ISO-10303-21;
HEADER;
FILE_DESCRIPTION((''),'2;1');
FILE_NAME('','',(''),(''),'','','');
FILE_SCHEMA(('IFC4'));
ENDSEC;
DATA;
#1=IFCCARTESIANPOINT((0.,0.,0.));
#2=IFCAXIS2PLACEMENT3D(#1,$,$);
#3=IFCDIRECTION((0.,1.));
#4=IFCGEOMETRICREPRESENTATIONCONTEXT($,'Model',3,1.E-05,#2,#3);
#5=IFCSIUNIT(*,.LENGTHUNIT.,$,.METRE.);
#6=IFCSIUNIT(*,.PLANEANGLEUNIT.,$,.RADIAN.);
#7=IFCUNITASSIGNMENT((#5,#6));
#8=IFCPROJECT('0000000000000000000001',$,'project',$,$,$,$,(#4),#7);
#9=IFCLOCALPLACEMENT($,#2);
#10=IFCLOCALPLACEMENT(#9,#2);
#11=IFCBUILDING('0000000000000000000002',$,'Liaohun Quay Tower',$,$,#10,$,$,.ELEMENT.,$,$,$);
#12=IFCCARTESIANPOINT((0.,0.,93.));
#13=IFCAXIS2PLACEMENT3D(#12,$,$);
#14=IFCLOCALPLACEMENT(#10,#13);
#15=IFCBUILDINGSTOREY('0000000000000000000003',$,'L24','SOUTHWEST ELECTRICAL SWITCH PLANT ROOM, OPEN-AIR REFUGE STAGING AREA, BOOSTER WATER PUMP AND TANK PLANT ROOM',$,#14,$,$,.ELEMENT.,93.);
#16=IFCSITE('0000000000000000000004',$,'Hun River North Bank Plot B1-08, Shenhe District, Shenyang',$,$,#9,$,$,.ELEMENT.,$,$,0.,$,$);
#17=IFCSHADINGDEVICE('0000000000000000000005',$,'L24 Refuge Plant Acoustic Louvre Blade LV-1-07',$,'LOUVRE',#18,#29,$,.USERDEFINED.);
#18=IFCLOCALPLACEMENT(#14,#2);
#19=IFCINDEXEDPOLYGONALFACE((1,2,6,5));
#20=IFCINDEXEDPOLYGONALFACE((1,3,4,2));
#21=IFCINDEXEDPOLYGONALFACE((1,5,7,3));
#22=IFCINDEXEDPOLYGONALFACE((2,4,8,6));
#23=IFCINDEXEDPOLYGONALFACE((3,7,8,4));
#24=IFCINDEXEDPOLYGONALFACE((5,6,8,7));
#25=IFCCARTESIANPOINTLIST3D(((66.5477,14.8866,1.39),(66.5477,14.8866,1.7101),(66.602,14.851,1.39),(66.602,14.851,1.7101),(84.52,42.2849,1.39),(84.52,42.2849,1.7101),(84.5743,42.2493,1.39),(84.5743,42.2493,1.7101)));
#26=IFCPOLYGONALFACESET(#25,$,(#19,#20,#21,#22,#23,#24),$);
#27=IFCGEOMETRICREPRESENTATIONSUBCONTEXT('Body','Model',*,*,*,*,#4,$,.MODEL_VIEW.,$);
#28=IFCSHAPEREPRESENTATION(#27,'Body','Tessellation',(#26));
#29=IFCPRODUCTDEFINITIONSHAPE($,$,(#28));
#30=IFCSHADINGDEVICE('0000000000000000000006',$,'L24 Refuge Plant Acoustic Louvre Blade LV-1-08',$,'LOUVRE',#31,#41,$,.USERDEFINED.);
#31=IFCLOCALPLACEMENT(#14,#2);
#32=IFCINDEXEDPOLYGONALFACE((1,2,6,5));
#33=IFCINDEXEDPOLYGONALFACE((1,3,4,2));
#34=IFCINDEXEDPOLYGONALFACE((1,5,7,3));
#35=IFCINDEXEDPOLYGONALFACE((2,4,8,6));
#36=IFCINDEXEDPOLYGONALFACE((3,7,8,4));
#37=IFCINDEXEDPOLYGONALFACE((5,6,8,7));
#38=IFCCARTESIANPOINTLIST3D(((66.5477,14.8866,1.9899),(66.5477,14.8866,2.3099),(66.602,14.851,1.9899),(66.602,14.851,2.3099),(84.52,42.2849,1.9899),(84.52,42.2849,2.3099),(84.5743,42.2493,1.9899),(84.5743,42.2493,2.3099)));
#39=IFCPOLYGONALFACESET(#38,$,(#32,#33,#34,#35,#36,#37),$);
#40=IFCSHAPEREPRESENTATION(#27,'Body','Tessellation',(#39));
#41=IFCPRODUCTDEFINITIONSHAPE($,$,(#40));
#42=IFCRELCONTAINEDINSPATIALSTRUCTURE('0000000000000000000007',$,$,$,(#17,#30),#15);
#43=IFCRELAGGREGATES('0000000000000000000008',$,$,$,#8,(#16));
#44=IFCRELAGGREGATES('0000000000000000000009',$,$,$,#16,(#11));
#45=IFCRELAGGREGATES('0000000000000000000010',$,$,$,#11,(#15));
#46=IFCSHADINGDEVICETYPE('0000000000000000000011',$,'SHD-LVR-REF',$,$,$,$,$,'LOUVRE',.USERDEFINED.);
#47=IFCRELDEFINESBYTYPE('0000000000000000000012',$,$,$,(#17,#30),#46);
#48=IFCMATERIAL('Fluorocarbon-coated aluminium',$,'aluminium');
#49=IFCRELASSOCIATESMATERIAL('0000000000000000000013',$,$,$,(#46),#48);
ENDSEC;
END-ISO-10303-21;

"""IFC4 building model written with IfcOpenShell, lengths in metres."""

from ifc_helpers import new_model, si_unit, direction, frame, origin, origin_2d, place, context, subcontext, project, spatial, rectangle, extrude, source, transform, mapped, material, material_profile, profile_set, type_object, element, save


model = new_model("IFC4")

# Units and contexts
model_context = context("Model", 3, precision=1e-05, world=origin(), true_north=direction((0.0, 1.0)))
body_context = subcontext(model_context, "Body", "Model", "MODEL_VIEW")
ifc_project = project(units=[si_unit("LENGTHUNIT", "METRE"), si_unit("PLANEANGLEUNIT", "RADIAN")], contexts=[model_context])

# Site, building, storey
site_placement = place(None, origin())
site = spatial("IfcSite", under=ifc_project, at=site_placement, Name="Hun River North Bank Plot B1-08, Shenhe District, Shenyang", CompositionType="ELEMENT", RefElevation=0.0)
building_placement = place(site_placement, origin())
building = spatial("IfcBuilding", under=site, at=building_placement, Name="Liaohun Quay Tower", CompositionType="ELEMENT")
storey_placement = place(building_placement, frame((0.0, 0.0, 93.0)))
storey = spatial("IfcBuildingStorey", under=building, at=storey_placement, Name="L24", Description="SOUTHWEST ELECTRICAL SWITCH PLANT ROOM, OPEN-AIR REFUGE STAGING AREA, BOOSTER WATER PUMP AND TANK PLANT ROOM", CompositionType="ELEMENT", Elevation=93.0)

# Shading devices
ifc_material_1 = material(Name="Fluorocarbon-coated aluminium", Category="aluminium")
ifc_material_profile_1 = material_profile(ifc_material_1, rectangle(XDim=0.0649, YDim=0.3201, at=origin_2d()), Name="ALU-LVR-320x65")
ifc_profile_set_1 = profile_set([ifc_material_profile_1], Name="Fluorocarbon-coated aluminium")
shading_device_type = type_object("IfcShadingDeviceType", Name="SHD-LVR-REF", ElementType="LOUVRE", PredefinedType="USERDEFINED", material=ifc_profile_set_1)
shared_shape_1 = source(origin(), body_context, "Body", "SweptSolid", [
    extrude(rectangle(XDim=0.0649, YDim=0.3201, at=origin_2d()), origin(), (0.0, 0.0, 1.0), 32.7668),
])
for number, where, z_axis, x_axis, name in (
    (1, (84.5471, 42.2671, 1.55), (-0.548488, -0.836158, 0.0), (0.836158, -0.548488, 0.0), "L24 Refuge Plant Acoustic Louvre Blade LV-1-07"),
    (2, (84.5471, 42.2671, 2.1499), (-0.548488, -0.836158, 0.0), (0.836158, -0.548488, 0.0), "L24 Refuge Plant Acoustic Louvre Blade LV-1-08"),
):
    element("IfcShadingDevice", number, at=place(storey_placement, frame(where, z_axis=z_axis, x_axis=x_axis)), inside=storey, type_object=shading_device_type, Name=name, ObjectType="LOUVRE", PredefinedType="USERDEFINED", context=body_context, shape_type="MappedRepresentation", body=[
        mapped(shared_shape_1, transform((0.0, 0.0, 0.0), x_axis=(1.0, 0.0, 0.0), y_axis=(0.0, 1.0, 0.0), z_axis=(0.0, 0.0, 1.0), scale=1.0)),
    ])

save(model, "model.ifc")
